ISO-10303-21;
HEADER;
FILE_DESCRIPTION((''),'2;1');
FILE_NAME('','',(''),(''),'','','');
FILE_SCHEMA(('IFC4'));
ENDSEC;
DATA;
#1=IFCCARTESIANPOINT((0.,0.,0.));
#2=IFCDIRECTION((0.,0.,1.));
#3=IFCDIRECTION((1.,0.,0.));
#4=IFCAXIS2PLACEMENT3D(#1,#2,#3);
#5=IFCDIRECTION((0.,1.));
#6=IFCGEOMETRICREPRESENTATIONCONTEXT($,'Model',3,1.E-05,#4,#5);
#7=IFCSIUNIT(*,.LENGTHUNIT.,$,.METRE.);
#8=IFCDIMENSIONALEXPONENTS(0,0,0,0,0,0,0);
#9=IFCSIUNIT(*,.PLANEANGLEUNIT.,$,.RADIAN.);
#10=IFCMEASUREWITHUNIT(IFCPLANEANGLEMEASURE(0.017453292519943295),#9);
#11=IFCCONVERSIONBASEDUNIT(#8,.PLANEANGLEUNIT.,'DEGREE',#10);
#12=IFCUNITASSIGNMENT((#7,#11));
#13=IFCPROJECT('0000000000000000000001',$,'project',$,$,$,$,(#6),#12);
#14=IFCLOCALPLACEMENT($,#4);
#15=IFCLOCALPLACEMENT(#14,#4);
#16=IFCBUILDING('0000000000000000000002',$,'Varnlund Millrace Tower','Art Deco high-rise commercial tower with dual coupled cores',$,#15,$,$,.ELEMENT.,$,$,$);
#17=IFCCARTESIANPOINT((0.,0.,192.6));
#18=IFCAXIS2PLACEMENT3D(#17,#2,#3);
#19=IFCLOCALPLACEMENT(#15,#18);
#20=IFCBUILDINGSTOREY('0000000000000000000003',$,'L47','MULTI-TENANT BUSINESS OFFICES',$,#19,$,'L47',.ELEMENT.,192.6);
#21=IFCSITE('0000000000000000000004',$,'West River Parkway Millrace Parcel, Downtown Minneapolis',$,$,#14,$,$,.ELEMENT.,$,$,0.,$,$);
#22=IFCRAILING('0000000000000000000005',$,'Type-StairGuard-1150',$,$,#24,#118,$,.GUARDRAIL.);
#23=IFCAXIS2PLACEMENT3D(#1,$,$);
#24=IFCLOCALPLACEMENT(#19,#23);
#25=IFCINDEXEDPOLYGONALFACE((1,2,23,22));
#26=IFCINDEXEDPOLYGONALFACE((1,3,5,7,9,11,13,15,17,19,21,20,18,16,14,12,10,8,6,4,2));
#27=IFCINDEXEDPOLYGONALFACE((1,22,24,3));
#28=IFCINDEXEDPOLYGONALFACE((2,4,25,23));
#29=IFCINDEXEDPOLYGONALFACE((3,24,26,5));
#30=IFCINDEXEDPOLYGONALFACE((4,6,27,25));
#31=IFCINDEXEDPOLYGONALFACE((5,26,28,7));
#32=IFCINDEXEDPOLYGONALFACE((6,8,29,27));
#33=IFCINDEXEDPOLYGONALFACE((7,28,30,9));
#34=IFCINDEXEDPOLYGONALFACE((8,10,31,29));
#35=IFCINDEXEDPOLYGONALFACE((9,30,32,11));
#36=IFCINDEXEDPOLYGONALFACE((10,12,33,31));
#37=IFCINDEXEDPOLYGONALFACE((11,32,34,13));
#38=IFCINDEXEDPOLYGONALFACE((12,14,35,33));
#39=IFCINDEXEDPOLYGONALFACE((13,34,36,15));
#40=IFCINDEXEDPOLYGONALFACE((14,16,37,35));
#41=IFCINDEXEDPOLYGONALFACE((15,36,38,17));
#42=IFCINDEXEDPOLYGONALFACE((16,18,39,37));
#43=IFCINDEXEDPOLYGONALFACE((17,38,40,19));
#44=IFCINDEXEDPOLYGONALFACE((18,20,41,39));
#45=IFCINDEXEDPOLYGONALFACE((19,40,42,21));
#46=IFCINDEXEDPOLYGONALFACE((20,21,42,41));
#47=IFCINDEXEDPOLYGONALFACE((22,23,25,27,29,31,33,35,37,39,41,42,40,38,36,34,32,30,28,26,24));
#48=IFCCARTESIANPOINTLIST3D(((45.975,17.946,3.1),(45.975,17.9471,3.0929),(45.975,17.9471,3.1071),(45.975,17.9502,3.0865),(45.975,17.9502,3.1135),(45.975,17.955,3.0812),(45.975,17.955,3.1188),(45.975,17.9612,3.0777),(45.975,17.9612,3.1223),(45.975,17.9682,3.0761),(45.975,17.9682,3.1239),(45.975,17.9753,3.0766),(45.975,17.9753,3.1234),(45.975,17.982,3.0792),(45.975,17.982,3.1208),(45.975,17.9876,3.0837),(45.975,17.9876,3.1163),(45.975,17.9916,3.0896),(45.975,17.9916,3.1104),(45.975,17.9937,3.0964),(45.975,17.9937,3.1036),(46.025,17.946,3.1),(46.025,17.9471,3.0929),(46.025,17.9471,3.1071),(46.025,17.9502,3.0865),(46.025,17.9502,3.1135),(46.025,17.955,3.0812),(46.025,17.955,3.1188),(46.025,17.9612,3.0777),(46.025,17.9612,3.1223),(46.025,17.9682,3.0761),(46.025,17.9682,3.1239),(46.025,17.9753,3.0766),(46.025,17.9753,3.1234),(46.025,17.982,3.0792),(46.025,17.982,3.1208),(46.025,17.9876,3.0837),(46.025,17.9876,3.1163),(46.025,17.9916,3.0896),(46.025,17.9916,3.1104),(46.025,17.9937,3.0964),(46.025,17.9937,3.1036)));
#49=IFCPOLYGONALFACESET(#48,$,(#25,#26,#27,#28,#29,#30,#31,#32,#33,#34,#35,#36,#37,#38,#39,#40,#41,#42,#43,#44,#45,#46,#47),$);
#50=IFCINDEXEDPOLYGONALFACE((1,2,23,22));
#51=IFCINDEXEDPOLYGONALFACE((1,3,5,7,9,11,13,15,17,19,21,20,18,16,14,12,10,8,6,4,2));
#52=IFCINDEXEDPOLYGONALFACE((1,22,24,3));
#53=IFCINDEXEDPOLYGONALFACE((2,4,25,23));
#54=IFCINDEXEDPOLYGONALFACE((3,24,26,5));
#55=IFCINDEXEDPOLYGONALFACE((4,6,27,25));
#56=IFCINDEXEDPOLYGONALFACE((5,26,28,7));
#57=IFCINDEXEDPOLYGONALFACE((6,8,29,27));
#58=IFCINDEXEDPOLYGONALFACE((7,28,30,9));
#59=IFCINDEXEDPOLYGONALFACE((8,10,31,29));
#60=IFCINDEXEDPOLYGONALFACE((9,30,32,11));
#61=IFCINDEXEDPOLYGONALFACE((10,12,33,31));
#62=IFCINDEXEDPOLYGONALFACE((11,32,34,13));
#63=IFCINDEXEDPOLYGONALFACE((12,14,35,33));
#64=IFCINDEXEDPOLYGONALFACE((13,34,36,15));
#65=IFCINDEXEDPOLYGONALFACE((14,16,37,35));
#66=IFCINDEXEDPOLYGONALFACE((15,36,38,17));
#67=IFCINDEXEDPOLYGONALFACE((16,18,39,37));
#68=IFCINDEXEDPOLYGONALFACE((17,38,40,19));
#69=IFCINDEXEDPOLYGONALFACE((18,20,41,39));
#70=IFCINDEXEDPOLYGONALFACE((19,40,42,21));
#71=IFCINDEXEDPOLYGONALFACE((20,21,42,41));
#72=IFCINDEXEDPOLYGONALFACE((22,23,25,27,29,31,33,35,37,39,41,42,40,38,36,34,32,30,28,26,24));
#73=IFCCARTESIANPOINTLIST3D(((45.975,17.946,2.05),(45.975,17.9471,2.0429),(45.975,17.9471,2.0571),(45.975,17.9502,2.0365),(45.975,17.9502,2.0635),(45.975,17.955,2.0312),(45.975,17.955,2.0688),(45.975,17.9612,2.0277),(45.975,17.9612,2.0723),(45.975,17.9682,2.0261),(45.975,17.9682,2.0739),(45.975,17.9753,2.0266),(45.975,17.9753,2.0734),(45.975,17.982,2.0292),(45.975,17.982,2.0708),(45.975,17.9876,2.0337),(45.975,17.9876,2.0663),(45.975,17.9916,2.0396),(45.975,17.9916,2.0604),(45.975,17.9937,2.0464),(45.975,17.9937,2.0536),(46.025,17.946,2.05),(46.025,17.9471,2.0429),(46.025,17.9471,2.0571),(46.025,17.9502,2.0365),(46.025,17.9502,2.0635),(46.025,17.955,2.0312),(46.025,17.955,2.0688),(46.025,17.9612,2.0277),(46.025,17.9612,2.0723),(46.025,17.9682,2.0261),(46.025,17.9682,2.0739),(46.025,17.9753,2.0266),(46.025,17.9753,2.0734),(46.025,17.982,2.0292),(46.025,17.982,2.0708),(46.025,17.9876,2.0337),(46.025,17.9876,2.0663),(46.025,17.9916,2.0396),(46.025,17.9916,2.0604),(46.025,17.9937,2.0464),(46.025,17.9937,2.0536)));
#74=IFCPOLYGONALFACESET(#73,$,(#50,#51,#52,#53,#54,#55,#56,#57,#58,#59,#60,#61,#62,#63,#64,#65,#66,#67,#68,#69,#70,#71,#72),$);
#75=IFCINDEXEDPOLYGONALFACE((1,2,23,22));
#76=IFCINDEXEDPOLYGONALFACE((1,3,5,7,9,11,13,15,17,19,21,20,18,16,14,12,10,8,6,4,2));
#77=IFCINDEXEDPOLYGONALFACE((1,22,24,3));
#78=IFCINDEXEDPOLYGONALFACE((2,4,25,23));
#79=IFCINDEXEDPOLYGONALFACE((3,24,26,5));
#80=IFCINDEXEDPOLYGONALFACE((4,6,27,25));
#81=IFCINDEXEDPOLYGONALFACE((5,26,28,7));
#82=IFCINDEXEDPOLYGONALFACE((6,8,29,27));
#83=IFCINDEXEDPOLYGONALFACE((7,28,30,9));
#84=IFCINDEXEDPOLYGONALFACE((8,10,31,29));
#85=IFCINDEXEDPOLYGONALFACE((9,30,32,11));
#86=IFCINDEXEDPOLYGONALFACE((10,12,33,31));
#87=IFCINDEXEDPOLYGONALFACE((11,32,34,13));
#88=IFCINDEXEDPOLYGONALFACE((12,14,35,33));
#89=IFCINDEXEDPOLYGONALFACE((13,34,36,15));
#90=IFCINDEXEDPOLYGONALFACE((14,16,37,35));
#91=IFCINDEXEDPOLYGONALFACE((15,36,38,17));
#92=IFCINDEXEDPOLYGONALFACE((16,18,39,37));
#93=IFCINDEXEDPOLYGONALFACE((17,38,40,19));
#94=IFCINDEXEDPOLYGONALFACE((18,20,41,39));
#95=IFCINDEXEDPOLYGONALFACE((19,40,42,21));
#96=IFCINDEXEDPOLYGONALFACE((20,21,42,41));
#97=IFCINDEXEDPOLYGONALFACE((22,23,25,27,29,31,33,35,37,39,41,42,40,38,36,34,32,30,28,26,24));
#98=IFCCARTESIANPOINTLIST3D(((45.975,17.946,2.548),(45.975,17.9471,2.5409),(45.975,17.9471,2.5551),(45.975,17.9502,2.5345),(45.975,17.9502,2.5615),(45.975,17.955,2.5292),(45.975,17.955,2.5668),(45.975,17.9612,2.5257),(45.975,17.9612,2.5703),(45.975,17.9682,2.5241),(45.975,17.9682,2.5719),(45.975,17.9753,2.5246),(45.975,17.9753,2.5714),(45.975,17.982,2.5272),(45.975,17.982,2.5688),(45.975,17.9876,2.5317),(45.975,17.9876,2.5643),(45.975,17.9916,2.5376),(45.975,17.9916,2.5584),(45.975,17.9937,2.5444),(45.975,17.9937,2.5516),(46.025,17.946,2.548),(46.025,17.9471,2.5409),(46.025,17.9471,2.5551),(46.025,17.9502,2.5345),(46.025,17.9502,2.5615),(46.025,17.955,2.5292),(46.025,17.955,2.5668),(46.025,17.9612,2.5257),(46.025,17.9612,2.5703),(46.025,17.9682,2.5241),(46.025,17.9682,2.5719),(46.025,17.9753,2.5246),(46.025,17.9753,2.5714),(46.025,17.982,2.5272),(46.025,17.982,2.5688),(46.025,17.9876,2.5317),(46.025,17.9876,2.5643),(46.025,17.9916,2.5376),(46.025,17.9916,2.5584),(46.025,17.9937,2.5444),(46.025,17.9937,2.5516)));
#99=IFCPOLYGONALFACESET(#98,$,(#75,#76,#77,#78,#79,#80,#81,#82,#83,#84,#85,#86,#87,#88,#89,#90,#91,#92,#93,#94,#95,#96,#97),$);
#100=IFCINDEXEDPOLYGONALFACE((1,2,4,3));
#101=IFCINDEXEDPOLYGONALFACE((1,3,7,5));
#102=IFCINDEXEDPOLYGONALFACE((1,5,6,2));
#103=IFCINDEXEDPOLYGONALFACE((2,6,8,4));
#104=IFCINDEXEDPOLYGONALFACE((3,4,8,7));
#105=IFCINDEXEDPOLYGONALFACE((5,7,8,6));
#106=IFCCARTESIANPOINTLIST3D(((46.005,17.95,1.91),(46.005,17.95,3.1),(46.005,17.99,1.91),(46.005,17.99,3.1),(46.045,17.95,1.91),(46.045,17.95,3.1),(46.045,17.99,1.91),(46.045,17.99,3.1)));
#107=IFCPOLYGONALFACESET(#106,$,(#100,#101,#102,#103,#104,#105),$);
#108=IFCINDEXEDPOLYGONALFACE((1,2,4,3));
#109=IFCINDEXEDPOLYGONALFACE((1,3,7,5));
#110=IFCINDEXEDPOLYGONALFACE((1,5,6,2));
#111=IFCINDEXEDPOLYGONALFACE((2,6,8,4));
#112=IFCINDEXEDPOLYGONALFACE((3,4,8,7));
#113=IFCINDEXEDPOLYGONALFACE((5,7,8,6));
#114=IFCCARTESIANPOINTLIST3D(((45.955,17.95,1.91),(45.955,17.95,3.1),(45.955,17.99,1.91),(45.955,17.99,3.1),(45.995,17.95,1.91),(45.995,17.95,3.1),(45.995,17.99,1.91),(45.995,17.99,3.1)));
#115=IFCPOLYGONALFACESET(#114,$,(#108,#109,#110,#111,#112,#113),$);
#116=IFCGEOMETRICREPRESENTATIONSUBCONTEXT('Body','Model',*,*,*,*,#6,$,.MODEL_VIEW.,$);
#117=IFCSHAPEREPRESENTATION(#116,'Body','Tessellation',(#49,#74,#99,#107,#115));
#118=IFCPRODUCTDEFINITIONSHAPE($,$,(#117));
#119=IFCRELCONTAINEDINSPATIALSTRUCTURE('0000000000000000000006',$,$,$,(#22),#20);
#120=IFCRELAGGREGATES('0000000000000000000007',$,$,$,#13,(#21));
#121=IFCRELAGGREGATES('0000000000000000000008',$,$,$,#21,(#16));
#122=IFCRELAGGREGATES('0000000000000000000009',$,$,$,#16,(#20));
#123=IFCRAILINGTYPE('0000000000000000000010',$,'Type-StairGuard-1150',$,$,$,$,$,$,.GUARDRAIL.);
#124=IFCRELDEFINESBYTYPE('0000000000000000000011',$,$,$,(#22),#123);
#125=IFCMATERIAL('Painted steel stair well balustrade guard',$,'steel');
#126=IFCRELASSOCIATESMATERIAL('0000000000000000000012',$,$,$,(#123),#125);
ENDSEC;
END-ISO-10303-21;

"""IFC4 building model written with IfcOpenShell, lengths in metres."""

from ifc_helpers import new_model, entity, si_unit, converted_unit, direction, frame, origin_with_axes, origin_2d_with_axis, place, context, subcontext, project, spatial, rectangle, circle, extrude, material, type_object, element, save


model = new_model("IFC4")

# Units and contexts
model_context = context("Model", 3, precision=1e-05, world=origin_with_axes(), true_north=direction((0.0, 1.0)))
body_context = subcontext(model_context, "Body", "Model", "MODEL_VIEW")
ifc_project = project(units=[si_unit("LENGTHUNIT", "METRE"), converted_unit("PLANEANGLEUNIT", "DEGREE", entity("IfcPlaneAngleMeasure", 0.017453292519943295), si_unit("PLANEANGLEUNIT", "RADIAN"), dimensions=[0, 0, 0, 0, 0, 0, 0])], contexts=[model_context])

# Site, building, storey
site_placement = place(None, origin_with_axes())
site = spatial("IfcSite", under=ifc_project, at=site_placement, Name="West River Parkway Millrace Parcel, Downtown Minneapolis", CompositionType="ELEMENT", RefElevation=0.0)
building_placement = place(site_placement, origin_with_axes())
building = spatial("IfcBuilding", under=site, at=building_placement, Name="Varnlund Millrace Tower", Description="Art Deco high-rise commercial tower with dual coupled cores", CompositionType="ELEMENT")
storey_placement = place(building_placement, frame((0.0, 0.0, 192.6), z_axis=(0.0, 0.0, 1.0), x_axis=(1.0, 0.0, 0.0)))
storey = spatial("IfcBuildingStorey", under=building, at=storey_placement, Name="L47", Description="MULTI-TENANT BUSINESS OFFICES", LongName="L47", CompositionType="ELEMENT", Elevation=192.6)

# Railing
ifc_material_1 = material(Name="Painted steel stair well balustrade guard", Category="steel")
railing_type_1 = type_object("IfcRailingType", Name="Type-StairGuard-1150", PredefinedType="GUARDRAIL", material=ifc_material_1)
railing_1_placement = place(storey_placement, frame((0.0, 0.0, -192.6), z_axis=(0.0, 0.0, 1.0), x_axis=(1.0, 0.0, 0.0)))
element("IfcRailing", 1, at=railing_1_placement, inside=storey, type_object=railing_type_1, Name="Type-StairGuard-1150", PredefinedType="GUARDRAIL", context=body_context, shape_type="SweptSolid", body=[
    extrude(circle(Radius=0.024, at=origin_2d_with_axis()), frame((46.025, 17.97, 195.7), z_axis=(-1.0, 0.0, 0.0), x_axis=(0.0, -1.0, 0.0)), (0.0, 0.0, 1.0), 0.05),
    extrude(circle(Radius=0.024, at=origin_2d_with_axis()), frame((46.025, 17.97, 194.65), z_axis=(-1.0, 0.0, 0.0), x_axis=(0.0, -1.0, 0.0)), (0.0, 0.0, 1.0), 0.05),
    extrude(circle(Radius=0.024, at=origin_2d_with_axis()), frame((46.025, 17.97, 195.148), z_axis=(-1.0, 0.0, 0.0), x_axis=(0.0, -1.0, 0.0)), (0.0, 0.0, 1.0), 0.05),
    extrude(rectangle(XDim=0.04, YDim=0.04, at=origin_2d_with_axis()), frame((46.025, 17.97, 194.51), z_axis=(0.0, 0.0, 1.0), x_axis=(1.0, 0.0, 0.0)), (0.0, 0.0, 1.0), 1.19),
    extrude(rectangle(XDim=0.04, YDim=0.04, at=origin_2d_with_axis()), frame((45.975, 17.97, 194.51), z_axis=(0.0, 0.0, 1.0), x_axis=(1.0, 0.0, 0.0)), (0.0, 0.0, 1.0), 1.19),
])

save(model, "model.ifc")
